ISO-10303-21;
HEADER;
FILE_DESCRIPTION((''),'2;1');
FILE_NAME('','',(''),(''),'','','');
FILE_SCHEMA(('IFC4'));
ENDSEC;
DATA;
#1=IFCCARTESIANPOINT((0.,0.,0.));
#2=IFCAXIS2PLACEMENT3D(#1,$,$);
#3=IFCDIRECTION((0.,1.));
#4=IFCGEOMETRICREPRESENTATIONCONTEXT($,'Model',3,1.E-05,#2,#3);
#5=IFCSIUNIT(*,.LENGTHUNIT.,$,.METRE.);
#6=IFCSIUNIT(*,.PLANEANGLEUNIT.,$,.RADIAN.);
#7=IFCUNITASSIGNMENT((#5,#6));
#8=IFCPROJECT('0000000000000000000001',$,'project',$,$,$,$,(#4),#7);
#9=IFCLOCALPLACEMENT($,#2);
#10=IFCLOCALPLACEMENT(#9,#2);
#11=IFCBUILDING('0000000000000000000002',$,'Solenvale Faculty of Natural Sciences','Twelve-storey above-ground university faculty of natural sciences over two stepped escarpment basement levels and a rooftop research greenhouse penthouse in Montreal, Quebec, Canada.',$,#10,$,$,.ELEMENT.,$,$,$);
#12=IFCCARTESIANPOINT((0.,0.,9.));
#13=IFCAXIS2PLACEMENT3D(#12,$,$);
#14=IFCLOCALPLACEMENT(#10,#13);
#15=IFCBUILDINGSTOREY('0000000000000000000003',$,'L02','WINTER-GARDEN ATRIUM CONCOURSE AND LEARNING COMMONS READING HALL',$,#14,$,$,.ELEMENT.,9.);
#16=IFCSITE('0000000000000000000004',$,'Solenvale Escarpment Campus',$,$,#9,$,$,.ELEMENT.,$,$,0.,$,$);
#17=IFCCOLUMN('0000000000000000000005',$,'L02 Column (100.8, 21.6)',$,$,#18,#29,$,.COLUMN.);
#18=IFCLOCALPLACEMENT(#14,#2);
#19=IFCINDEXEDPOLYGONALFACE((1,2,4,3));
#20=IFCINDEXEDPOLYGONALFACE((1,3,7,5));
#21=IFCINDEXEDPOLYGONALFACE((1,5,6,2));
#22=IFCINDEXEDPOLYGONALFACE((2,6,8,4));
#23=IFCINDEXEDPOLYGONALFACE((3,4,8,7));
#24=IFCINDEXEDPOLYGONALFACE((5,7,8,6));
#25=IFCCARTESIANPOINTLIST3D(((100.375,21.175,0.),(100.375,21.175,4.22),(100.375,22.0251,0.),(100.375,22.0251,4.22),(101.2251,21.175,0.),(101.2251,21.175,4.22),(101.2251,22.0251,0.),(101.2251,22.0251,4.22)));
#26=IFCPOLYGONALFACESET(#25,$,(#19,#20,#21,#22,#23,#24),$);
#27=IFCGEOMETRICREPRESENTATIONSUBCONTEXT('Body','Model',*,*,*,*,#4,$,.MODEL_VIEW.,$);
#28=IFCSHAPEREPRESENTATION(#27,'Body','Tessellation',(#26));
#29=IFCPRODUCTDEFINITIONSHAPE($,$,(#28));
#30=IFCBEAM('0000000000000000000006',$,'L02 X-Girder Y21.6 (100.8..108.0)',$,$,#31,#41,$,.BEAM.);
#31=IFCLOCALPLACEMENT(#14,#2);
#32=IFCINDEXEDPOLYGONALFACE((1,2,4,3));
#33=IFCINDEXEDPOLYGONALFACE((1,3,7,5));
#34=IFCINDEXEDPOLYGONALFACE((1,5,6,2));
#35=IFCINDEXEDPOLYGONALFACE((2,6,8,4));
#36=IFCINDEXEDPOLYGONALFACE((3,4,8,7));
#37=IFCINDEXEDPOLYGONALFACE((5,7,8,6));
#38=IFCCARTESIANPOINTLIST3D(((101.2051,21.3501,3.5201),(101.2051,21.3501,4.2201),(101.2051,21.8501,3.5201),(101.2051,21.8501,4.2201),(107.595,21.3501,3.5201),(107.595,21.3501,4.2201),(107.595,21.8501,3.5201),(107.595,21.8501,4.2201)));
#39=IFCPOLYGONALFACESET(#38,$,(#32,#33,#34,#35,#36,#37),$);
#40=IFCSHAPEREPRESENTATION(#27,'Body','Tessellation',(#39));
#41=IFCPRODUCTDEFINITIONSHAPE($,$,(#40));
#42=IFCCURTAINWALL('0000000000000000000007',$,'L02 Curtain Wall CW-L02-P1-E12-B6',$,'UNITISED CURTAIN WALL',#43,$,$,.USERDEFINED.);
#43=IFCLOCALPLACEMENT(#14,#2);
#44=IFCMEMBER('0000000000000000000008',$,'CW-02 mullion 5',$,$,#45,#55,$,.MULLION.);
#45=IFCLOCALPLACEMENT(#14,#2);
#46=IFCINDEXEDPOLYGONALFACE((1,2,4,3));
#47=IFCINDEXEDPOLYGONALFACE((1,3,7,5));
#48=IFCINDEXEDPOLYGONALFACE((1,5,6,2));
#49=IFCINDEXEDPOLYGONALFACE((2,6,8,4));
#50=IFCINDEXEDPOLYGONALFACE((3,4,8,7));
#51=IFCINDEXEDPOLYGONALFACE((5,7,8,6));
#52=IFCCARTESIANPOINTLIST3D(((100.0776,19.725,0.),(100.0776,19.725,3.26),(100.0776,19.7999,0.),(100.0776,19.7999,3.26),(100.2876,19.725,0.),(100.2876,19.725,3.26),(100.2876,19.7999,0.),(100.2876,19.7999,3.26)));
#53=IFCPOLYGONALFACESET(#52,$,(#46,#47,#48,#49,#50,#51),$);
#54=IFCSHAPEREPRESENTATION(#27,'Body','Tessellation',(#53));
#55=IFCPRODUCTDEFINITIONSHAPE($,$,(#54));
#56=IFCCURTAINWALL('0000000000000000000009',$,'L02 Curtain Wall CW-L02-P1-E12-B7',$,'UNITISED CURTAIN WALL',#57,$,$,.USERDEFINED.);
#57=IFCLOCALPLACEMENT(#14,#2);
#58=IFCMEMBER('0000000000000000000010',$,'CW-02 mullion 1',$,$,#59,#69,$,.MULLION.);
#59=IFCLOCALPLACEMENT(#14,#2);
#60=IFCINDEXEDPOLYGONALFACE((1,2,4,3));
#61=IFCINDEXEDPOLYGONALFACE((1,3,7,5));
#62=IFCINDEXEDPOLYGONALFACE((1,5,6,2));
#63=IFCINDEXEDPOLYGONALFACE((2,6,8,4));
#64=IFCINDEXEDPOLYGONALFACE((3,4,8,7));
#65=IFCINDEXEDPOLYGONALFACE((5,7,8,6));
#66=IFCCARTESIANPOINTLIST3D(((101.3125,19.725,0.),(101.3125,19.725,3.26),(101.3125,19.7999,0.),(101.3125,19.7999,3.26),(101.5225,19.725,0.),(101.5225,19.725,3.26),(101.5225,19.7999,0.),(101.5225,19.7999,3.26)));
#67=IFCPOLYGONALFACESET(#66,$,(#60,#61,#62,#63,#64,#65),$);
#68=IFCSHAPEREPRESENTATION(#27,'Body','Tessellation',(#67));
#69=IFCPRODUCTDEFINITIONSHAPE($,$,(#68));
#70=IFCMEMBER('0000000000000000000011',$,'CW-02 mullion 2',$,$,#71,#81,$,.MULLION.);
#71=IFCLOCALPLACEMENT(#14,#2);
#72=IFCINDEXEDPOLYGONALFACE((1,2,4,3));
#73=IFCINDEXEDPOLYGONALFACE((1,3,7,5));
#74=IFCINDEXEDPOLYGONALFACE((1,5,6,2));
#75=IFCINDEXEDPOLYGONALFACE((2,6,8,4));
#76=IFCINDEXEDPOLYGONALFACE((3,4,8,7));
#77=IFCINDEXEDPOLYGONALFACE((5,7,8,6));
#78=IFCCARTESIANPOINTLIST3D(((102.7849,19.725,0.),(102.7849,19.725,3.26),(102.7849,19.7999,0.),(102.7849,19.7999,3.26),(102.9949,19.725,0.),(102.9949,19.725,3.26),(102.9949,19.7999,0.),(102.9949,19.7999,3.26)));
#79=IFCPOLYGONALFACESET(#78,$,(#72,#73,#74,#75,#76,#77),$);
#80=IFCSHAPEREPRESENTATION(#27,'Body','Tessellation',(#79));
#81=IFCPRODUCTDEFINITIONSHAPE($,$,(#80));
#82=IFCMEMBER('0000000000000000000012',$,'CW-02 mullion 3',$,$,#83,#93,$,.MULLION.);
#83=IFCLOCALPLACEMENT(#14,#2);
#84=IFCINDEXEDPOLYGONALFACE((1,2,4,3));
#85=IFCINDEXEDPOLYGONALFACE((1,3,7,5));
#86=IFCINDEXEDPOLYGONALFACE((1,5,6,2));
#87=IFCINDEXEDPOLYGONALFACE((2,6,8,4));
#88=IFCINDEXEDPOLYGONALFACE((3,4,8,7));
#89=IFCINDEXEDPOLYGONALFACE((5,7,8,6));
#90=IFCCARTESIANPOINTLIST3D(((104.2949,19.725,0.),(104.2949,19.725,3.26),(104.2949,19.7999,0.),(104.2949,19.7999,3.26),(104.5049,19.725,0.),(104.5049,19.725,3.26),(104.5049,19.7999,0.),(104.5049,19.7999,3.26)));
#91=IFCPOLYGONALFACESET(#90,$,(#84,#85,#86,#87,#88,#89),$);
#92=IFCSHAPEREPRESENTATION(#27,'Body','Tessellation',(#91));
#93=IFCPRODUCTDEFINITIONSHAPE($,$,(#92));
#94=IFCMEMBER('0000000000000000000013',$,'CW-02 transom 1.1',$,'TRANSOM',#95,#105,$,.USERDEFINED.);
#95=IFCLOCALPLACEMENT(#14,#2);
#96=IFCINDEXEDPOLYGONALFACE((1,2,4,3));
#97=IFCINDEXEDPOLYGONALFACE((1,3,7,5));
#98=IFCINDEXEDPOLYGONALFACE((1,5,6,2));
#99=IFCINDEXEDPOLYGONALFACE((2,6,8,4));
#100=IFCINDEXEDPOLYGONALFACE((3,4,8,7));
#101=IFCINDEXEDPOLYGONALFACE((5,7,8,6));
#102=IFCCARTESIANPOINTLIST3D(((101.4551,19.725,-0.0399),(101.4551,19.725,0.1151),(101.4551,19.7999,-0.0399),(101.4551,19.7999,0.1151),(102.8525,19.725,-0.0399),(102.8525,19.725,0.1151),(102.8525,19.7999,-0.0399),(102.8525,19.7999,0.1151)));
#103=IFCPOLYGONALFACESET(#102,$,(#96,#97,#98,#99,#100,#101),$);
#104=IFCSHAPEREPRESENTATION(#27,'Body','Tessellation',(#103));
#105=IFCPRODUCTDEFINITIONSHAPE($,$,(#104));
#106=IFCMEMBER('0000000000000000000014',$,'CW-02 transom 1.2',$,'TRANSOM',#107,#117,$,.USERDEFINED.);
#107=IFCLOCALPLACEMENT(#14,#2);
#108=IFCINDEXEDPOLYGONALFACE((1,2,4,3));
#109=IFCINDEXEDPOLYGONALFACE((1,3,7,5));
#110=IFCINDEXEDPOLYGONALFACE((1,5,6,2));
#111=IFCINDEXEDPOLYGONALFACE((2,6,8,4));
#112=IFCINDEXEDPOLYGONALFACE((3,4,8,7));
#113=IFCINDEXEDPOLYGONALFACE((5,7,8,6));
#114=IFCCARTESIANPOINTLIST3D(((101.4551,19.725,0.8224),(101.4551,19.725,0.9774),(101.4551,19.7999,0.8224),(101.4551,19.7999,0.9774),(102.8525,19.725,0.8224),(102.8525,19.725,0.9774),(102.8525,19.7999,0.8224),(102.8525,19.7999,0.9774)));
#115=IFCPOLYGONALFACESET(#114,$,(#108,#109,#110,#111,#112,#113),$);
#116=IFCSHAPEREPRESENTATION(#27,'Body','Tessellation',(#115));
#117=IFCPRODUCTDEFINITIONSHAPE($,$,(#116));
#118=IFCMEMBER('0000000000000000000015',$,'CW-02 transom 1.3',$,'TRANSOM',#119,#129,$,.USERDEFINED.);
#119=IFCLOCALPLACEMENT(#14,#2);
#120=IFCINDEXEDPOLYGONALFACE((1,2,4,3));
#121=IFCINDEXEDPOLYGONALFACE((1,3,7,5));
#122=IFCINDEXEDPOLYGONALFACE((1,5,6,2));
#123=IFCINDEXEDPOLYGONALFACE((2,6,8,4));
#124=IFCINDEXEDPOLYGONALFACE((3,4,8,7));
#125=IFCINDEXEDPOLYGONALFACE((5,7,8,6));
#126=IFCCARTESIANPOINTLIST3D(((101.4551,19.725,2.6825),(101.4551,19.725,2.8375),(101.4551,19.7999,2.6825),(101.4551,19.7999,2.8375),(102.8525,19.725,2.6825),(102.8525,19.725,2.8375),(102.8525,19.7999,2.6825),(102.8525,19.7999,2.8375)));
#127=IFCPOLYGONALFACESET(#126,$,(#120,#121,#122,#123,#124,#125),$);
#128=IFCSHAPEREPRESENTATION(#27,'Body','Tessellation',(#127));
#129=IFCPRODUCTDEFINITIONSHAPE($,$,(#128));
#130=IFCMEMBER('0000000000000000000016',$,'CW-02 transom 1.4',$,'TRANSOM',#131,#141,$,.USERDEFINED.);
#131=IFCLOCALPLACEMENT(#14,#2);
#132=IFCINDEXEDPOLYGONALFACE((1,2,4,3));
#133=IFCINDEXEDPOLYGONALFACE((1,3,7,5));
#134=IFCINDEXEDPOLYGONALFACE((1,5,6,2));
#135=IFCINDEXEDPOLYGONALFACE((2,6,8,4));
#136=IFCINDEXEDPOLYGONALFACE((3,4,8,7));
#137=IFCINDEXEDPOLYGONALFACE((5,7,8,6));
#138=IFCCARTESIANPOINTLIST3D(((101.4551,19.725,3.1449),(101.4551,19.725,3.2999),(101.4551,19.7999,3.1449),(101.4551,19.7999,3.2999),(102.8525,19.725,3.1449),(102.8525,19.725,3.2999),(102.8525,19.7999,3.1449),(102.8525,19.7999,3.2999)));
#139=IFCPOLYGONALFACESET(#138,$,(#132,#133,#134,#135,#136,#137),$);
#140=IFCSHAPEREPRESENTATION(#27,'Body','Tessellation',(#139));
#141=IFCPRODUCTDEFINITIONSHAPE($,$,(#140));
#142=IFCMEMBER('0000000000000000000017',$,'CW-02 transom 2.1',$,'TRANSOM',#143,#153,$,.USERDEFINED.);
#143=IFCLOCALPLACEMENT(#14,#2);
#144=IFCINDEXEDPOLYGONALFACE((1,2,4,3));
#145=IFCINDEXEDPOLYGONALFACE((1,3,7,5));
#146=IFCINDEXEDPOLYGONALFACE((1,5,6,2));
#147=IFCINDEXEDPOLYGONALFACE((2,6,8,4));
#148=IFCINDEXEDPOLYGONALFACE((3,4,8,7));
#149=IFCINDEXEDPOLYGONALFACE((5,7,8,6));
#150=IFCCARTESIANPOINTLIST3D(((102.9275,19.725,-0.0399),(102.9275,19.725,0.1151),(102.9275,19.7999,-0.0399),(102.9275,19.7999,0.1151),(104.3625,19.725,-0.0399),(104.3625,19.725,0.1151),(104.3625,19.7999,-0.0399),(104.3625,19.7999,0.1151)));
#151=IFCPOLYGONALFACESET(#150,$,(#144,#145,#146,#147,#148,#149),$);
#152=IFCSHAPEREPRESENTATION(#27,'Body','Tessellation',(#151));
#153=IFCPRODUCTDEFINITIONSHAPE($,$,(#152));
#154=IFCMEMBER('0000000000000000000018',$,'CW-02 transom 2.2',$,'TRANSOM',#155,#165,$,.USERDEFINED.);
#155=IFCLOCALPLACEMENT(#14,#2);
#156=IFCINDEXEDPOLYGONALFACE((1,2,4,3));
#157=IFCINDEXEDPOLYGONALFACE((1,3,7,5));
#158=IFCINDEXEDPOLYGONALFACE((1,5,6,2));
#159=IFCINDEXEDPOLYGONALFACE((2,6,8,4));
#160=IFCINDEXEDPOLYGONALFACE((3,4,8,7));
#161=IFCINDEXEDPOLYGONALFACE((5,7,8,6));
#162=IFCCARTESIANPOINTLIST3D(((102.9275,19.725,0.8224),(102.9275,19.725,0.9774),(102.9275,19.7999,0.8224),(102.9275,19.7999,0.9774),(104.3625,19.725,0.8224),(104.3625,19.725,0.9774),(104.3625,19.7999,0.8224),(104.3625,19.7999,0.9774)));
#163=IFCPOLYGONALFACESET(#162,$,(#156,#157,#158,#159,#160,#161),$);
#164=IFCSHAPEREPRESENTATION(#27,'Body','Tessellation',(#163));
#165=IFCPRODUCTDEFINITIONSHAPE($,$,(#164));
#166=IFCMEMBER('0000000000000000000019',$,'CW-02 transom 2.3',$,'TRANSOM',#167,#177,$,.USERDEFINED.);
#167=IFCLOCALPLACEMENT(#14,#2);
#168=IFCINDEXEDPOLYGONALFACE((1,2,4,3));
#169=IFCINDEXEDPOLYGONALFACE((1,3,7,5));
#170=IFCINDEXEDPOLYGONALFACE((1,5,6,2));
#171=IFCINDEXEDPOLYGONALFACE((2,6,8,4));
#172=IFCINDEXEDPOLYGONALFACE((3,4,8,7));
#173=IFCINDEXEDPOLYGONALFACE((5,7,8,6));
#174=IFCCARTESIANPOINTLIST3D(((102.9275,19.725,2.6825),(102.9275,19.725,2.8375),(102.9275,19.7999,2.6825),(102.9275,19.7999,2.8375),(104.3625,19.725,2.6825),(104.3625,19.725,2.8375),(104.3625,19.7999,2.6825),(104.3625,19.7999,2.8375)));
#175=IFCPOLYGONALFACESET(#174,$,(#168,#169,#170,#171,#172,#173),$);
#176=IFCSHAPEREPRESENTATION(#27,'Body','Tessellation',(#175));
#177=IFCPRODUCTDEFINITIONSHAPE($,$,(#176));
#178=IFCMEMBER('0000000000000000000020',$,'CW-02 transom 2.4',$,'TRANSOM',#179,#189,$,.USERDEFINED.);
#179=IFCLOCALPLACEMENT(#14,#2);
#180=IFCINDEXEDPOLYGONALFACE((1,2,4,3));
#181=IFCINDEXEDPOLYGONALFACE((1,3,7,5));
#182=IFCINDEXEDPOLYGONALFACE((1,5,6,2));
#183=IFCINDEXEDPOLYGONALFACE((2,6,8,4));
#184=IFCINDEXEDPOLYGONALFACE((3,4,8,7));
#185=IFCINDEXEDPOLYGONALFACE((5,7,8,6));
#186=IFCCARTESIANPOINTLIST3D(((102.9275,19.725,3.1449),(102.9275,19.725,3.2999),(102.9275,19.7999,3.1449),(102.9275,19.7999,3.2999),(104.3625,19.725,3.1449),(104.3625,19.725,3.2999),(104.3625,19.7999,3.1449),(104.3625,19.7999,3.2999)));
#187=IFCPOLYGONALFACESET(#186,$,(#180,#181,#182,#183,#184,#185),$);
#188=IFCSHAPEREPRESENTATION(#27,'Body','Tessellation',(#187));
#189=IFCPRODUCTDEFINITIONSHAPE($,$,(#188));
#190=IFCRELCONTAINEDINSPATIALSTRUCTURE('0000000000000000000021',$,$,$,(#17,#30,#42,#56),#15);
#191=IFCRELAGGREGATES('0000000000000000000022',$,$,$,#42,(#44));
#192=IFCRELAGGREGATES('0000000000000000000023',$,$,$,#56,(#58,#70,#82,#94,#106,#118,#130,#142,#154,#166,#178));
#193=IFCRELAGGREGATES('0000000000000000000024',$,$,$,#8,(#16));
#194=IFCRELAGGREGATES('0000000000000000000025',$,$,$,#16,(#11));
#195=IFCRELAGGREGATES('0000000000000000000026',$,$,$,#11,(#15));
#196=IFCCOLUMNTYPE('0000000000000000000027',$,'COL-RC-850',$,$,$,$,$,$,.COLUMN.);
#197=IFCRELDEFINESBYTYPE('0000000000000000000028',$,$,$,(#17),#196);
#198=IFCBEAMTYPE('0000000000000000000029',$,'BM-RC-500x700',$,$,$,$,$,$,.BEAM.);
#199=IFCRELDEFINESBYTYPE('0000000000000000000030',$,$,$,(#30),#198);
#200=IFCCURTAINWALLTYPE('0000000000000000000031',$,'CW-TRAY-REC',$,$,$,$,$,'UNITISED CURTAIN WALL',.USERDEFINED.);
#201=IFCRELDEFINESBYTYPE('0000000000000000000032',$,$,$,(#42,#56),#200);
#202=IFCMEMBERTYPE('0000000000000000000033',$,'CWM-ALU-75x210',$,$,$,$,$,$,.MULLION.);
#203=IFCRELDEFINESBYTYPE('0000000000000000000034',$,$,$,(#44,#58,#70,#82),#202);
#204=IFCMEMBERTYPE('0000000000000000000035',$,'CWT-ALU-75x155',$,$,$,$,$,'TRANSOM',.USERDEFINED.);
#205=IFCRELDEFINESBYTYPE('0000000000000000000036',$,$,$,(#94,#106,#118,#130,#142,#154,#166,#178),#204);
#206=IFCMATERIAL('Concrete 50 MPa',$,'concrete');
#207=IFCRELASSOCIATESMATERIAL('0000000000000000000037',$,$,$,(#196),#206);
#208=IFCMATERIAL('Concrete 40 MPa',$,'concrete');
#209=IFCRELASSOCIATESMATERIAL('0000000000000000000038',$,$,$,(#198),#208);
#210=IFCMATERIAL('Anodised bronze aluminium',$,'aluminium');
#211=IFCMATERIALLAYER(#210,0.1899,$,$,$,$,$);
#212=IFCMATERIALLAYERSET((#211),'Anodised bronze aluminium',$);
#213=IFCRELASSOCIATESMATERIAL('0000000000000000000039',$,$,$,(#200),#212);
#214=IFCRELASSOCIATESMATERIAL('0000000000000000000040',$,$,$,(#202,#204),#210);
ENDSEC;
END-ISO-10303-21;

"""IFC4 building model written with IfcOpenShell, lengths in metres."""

from ifc_helpers import new_model, si_unit, direction, frame, origin, origin_2d, place, context, subcontext, project, spatial, rectangle, extrude, material, layer, layer_set, material_profile, profile_set, type_object, element, aggregate, save


model = new_model("IFC4")

# Units and contexts
model_context = context("Model", 3, precision=1e-05, world=origin(), true_north=direction((0.0, 1.0)))
body_context = subcontext(model_context, "Body", "Model", "MODEL_VIEW")
ifc_project = project(units=[si_unit("LENGTHUNIT", "METRE"), si_unit("PLANEANGLEUNIT", "RADIAN")], contexts=[model_context])

# Site, building, storey
site_placement = place(None, origin())
site = spatial("IfcSite", under=ifc_project, at=site_placement, Name="Solenvale Escarpment Campus", CompositionType="ELEMENT", RefElevation=0.0)
building_placement = place(site_placement, origin())
building = spatial("IfcBuilding", under=site, at=building_placement, Name="Solenvale Faculty of Natural Sciences", Description="Twelve-storey above-ground university faculty of natural sciences over two stepped escarpment basement levels and a rooftop research greenhouse penthouse in Montreal, Quebec, Canada.", CompositionType="ELEMENT")
storey_placement = place(building_placement, frame((0.0, 0.0, 9.0)))
storey = spatial("IfcBuildingStorey", under=building, at=storey_placement, Name="L02", Description="WINTER-GARDEN ATRIUM CONCOURSE AND LEARNING COMMONS READING HALL", CompositionType="ELEMENT", Elevation=9.0)

# Column
ifc_material_1 = material(Name="Concrete 50 MPa", Category="concrete")
ifc_material_profile_1 = material_profile(ifc_material_1, rectangle(XDim=0.8501, YDim=0.8501, at=origin_2d()), Name="RC-COL-850x850")
ifc_profile_set_1 = profile_set([ifc_material_profile_1], Name="Concrete 50 MPa")
column_type = type_object("IfcColumnType", Name="COL-RC-850", PredefinedType="COLUMN", material=ifc_profile_set_1)
column_placement = place(storey_placement, frame((100.8, 21.6001, 0.0), z_axis=(0.0, 0.0, 1.0), x_axis=(1.0, 0.0, 0.0)))
element("IfcColumn", 1, at=column_placement, inside=storey, type_object=column_type, Name="L02 Column (100.8, 21.6)", PredefinedType="COLUMN", context=body_context, shape_type="SweptSolid", body=[
    extrude(rectangle(XDim=0.8501, YDim=0.8501, at=origin_2d()), origin(), (0.0, 0.0, 1.0), 4.22),
])

# Beam
ifc_material_2 = material(Name="Concrete 40 MPa", Category="concrete")
ifc_material_profile_2 = material_profile(ifc_material_2, rectangle(XDim=0.5, YDim=0.7, at=origin_2d()), Name="RC-BM-500x700")
ifc_profile_set_2 = profile_set([ifc_material_profile_2], Name="Concrete 40 MPa")
beam_type = type_object("IfcBeamType", Name="BM-RC-500x700", PredefinedType="BEAM", material=ifc_profile_set_2)
beam_placement = place(storey_placement, frame((101.2051, 21.6001, 3.8701), z_axis=(1.0, 0.0, 0.0), x_axis=(0.0, 1.0, 0.0)))
element("IfcBeam", 2, at=beam_placement, inside=storey, type_object=beam_type, Name="L02 X-Girder Y21.6 (100.8..108.0)", PredefinedType="BEAM", context=body_context, shape_type="SweptSolid", body=[
    extrude(rectangle(XDim=0.5, YDim=0.7, at=origin_2d()), origin(), (0.0, 0.0, 1.0), 6.3899),
])

# Curtain wall, member
ifc_material_3 = material(Name="Anodised bronze aluminium", Category="aluminium")
ifc_layer_1 = layer(ifc_material_3, 0.1899)
ifc_layer_set_1 = layer_set([ifc_layer_1], Name="Anodised bronze aluminium")
curtain_wall_type = type_object("IfcCurtainWallType", Name="CW-TRAY-REC", ElementType="UNITISED CURTAIN WALL", PredefinedType="USERDEFINED", material=ifc_layer_set_1)
curtain_wall_1_placement = place(storey_placement, origin())
curtain_wall_1 = element("IfcCurtainWall", 3, at=curtain_wall_1_placement, inside=storey, type_object=curtain_wall_type, Name="L02 Curtain Wall CW-L02-P1-E12-B6", ObjectType="UNITISED CURTAIN WALL", PredefinedType="USERDEFINED")
ifc_material_profile_3 = material_profile(ifc_material_3, rectangle(XDim=0.075, YDim=0.21, at=origin_2d()), Name="ALU-MUL-75x210")
ifc_profile_set_3 = profile_set([ifc_material_profile_3], Name="Anodised bronze aluminium")
member_type_1 = type_object("IfcMemberType", Name="CWM-ALU-75x210", PredefinedType="MULLION", material=ifc_profile_set_3)
member_1_placement = place(storey_placement, frame((100.1826, 19.7625, 0.0), z_axis=(0.0, 0.0, 1.0), x_axis=(0.0, 1.0, 0.0)))
member_1 = element("IfcMember", 4, at=member_1_placement, type_object=member_type_1, Name="CW-02 mullion 5", PredefinedType="MULLION", context=body_context, shape_type="SweptSolid", body=[
    extrude(rectangle(XDim=0.075, YDim=0.21, at=origin_2d()), origin(), (0.0, 0.0, 1.0), 3.26),
])

# Curtain wall, members
curtain_wall_2_placement = place(storey_placement, origin())
curtain_wall_2 = element("IfcCurtainWall", 5, at=curtain_wall_2_placement, inside=storey, type_object=curtain_wall_type, Name="L02 Curtain Wall CW-L02-P1-E12-B7", ObjectType="UNITISED CURTAIN WALL", PredefinedType="USERDEFINED")
member_2_placement = place(storey_placement, frame((101.4175, 19.7625, 0.0), z_axis=(0.0, 0.0, 1.0), x_axis=(0.0, 1.0, 0.0)))
member_2 = element("IfcMember", 6, at=member_2_placement, type_object=member_type_1, Name="CW-02 mullion 1", PredefinedType="MULLION", context=body_context, shape_type="SweptSolid", body=[
    extrude(rectangle(XDim=0.075, YDim=0.21, at=origin_2d()), origin(), (0.0, 0.0, 1.0), 3.26),
])
member_3_placement = place(storey_placement, frame((102.8899, 19.7625, 0.0), z_axis=(0.0, 0.0, 1.0), x_axis=(0.0, 1.0, 0.0)))
member_3 = element("IfcMember", 7, at=member_3_placement, type_object=member_type_1, Name="CW-02 mullion 2", PredefinedType="MULLION", context=body_context, shape_type="SweptSolid", body=[
    extrude(rectangle(XDim=0.075, YDim=0.21, at=origin_2d()), origin(), (0.0, 0.0, 1.0), 3.26),
])
member_4_placement = place(storey_placement, frame((104.3999, 19.7625, 0.0), z_axis=(0.0, 0.0, 1.0), x_axis=(0.0, 1.0, 0.0)))
member_4 = element("IfcMember", 8, at=member_4_placement, type_object=member_type_1, Name="CW-02 mullion 3", PredefinedType="MULLION", context=body_context, shape_type="SweptSolid", body=[
    extrude(rectangle(XDim=0.075, YDim=0.21, at=origin_2d()), origin(), (0.0, 0.0, 1.0), 3.26),
])
ifc_material_profile_4 = material_profile(ifc_material_3, rectangle(XDim=0.075, YDim=0.155, at=origin_2d()), Name="ALU-TRN-75x155")
ifc_profile_set_4 = profile_set([ifc_material_profile_4], Name="Anodised bronze aluminium")
member_type_2 = type_object("IfcMemberType", Name="CWT-ALU-75x155", ElementType="TRANSOM", PredefinedType="USERDEFINED", material=ifc_profile_set_4)
member_5_placement = place(storey_placement, frame((101.4551, 19.7625, 0.0376), z_axis=(1.0, 0.0, 0.0), x_axis=(0.0, 1.0, 0.0)))
member_5 = element("IfcMember", 9, at=member_5_placement, type_object=member_type_2, Name="CW-02 transom 1.1", ObjectType="TRANSOM", PredefinedType="USERDEFINED", context=body_context, shape_type="SweptSolid", body=[
    extrude(rectangle(XDim=0.075, YDim=0.155, at=origin_2d()), origin(), (0.0, 0.0, 1.0), 1.3975),
])
member_6_placement = place(storey_placement, frame((101.4551, 19.7625, 0.8999), z_axis=(1.0, 0.0, 0.0), x_axis=(0.0, 1.0, 0.0)))
member_6 = element("IfcMember", 10, at=member_6_placement, type_object=member_type_2, Name="CW-02 transom 1.2", ObjectType="TRANSOM", PredefinedType="USERDEFINED", context=body_context, shape_type="SweptSolid", body=[
    extrude(rectangle(XDim=0.075, YDim=0.155, at=origin_2d()), origin(), (0.0, 0.0, 1.0), 1.3975),
])
member_7_placement = place(storey_placement, frame((101.4551, 19.7625, 2.76), z_axis=(1.0, 0.0, 0.0), x_axis=(0.0, 1.0, 0.0)))
member_7 = element("IfcMember", 11, at=member_7_placement, type_object=member_type_2, Name="CW-02 transom 1.3", ObjectType="TRANSOM", PredefinedType="USERDEFINED", context=body_context, shape_type="SweptSolid", body=[
    extrude(rectangle(XDim=0.075, YDim=0.155, at=origin_2d()), origin(), (0.0, 0.0, 1.0), 1.3975),
])
member_8_placement = place(storey_placement, frame((101.4551, 19.7625, 3.2224), z_axis=(1.0, 0.0, 0.0), x_axis=(0.0, 1.0, 0.0)))
member_8 = element("IfcMember", 12, at=member_8_placement, type_object=member_type_2, Name="CW-02 transom 1.4", ObjectType="TRANSOM", PredefinedType="USERDEFINED", context=body_context, shape_type="SweptSolid", body=[
    extrude(rectangle(XDim=0.075, YDim=0.155, at=origin_2d()), origin(), (0.0, 0.0, 1.0), 1.3975),
])
member_9_placement = place(storey_placement, frame((102.9275, 19.7625, 0.0376), z_axis=(1.0, 0.0, 0.0), x_axis=(0.0, 1.0, 0.0)))
member_9 = element("IfcMember", 13, at=member_9_placement, type_object=member_type_2, Name="CW-02 transom 2.1", ObjectType="TRANSOM", PredefinedType="USERDEFINED", context=body_context, shape_type="SweptSolid", body=[
    extrude(rectangle(XDim=0.075, YDim=0.155, at=origin_2d()), origin(), (0.0, 0.0, 1.0), 1.4351),
])
member_10_placement = place(storey_placement, frame((102.9275, 19.7625, 0.8999), z_axis=(1.0, 0.0, 0.0), x_axis=(0.0, 1.0, 0.0)))
member_10 = element("IfcMember", 14, at=member_10_placement, type_object=member_type_2, Name="CW-02 transom 2.2", ObjectType="TRANSOM", PredefinedType="USERDEFINED", context=body_context, shape_type="SweptSolid", body=[
    extrude(rectangle(XDim=0.075, YDim=0.155, at=origin_2d()), origin(), (0.0, 0.0, 1.0), 1.4351),
])
member_11_placement = place(storey_placement, frame((102.9275, 19.7625, 2.76), z_axis=(1.0, 0.0, 0.0), x_axis=(0.0, 1.0, 0.0)))
member_11 = element("IfcMember", 15, at=member_11_placement, type_object=member_type_2, Name="CW-02 transom 2.3", ObjectType="TRANSOM", PredefinedType="USERDEFINED", context=body_context, shape_type="SweptSolid", body=[
    extrude(rectangle(XDim=0.075, YDim=0.155, at=origin_2d()), origin(), (0.0, 0.0, 1.0), 1.4351),
])
member_12_placement = place(storey_placement, frame((102.9275, 19.7625, 3.2224), z_axis=(1.0, 0.0, 0.0), x_axis=(0.0, 1.0, 0.0)))
member_12 = element("IfcMember", 16, at=member_12_placement, type_object=member_type_2, Name="CW-02 transom 2.4", ObjectType="TRANSOM", PredefinedType="USERDEFINED", context=body_context, shape_type="SweptSolid", body=[
    extrude(rectangle(XDim=0.075, YDim=0.155, at=origin_2d()), origin(), (0.0, 0.0, 1.0), 1.4351),
])

aggregate(curtain_wall_1, [member_1])
aggregate(curtain_wall_2, [member_2, member_3, member_4, member_5, member_6, member_7, member_8, member_9, member_10, member_11, member_12])

save(model, "model.ifc")
